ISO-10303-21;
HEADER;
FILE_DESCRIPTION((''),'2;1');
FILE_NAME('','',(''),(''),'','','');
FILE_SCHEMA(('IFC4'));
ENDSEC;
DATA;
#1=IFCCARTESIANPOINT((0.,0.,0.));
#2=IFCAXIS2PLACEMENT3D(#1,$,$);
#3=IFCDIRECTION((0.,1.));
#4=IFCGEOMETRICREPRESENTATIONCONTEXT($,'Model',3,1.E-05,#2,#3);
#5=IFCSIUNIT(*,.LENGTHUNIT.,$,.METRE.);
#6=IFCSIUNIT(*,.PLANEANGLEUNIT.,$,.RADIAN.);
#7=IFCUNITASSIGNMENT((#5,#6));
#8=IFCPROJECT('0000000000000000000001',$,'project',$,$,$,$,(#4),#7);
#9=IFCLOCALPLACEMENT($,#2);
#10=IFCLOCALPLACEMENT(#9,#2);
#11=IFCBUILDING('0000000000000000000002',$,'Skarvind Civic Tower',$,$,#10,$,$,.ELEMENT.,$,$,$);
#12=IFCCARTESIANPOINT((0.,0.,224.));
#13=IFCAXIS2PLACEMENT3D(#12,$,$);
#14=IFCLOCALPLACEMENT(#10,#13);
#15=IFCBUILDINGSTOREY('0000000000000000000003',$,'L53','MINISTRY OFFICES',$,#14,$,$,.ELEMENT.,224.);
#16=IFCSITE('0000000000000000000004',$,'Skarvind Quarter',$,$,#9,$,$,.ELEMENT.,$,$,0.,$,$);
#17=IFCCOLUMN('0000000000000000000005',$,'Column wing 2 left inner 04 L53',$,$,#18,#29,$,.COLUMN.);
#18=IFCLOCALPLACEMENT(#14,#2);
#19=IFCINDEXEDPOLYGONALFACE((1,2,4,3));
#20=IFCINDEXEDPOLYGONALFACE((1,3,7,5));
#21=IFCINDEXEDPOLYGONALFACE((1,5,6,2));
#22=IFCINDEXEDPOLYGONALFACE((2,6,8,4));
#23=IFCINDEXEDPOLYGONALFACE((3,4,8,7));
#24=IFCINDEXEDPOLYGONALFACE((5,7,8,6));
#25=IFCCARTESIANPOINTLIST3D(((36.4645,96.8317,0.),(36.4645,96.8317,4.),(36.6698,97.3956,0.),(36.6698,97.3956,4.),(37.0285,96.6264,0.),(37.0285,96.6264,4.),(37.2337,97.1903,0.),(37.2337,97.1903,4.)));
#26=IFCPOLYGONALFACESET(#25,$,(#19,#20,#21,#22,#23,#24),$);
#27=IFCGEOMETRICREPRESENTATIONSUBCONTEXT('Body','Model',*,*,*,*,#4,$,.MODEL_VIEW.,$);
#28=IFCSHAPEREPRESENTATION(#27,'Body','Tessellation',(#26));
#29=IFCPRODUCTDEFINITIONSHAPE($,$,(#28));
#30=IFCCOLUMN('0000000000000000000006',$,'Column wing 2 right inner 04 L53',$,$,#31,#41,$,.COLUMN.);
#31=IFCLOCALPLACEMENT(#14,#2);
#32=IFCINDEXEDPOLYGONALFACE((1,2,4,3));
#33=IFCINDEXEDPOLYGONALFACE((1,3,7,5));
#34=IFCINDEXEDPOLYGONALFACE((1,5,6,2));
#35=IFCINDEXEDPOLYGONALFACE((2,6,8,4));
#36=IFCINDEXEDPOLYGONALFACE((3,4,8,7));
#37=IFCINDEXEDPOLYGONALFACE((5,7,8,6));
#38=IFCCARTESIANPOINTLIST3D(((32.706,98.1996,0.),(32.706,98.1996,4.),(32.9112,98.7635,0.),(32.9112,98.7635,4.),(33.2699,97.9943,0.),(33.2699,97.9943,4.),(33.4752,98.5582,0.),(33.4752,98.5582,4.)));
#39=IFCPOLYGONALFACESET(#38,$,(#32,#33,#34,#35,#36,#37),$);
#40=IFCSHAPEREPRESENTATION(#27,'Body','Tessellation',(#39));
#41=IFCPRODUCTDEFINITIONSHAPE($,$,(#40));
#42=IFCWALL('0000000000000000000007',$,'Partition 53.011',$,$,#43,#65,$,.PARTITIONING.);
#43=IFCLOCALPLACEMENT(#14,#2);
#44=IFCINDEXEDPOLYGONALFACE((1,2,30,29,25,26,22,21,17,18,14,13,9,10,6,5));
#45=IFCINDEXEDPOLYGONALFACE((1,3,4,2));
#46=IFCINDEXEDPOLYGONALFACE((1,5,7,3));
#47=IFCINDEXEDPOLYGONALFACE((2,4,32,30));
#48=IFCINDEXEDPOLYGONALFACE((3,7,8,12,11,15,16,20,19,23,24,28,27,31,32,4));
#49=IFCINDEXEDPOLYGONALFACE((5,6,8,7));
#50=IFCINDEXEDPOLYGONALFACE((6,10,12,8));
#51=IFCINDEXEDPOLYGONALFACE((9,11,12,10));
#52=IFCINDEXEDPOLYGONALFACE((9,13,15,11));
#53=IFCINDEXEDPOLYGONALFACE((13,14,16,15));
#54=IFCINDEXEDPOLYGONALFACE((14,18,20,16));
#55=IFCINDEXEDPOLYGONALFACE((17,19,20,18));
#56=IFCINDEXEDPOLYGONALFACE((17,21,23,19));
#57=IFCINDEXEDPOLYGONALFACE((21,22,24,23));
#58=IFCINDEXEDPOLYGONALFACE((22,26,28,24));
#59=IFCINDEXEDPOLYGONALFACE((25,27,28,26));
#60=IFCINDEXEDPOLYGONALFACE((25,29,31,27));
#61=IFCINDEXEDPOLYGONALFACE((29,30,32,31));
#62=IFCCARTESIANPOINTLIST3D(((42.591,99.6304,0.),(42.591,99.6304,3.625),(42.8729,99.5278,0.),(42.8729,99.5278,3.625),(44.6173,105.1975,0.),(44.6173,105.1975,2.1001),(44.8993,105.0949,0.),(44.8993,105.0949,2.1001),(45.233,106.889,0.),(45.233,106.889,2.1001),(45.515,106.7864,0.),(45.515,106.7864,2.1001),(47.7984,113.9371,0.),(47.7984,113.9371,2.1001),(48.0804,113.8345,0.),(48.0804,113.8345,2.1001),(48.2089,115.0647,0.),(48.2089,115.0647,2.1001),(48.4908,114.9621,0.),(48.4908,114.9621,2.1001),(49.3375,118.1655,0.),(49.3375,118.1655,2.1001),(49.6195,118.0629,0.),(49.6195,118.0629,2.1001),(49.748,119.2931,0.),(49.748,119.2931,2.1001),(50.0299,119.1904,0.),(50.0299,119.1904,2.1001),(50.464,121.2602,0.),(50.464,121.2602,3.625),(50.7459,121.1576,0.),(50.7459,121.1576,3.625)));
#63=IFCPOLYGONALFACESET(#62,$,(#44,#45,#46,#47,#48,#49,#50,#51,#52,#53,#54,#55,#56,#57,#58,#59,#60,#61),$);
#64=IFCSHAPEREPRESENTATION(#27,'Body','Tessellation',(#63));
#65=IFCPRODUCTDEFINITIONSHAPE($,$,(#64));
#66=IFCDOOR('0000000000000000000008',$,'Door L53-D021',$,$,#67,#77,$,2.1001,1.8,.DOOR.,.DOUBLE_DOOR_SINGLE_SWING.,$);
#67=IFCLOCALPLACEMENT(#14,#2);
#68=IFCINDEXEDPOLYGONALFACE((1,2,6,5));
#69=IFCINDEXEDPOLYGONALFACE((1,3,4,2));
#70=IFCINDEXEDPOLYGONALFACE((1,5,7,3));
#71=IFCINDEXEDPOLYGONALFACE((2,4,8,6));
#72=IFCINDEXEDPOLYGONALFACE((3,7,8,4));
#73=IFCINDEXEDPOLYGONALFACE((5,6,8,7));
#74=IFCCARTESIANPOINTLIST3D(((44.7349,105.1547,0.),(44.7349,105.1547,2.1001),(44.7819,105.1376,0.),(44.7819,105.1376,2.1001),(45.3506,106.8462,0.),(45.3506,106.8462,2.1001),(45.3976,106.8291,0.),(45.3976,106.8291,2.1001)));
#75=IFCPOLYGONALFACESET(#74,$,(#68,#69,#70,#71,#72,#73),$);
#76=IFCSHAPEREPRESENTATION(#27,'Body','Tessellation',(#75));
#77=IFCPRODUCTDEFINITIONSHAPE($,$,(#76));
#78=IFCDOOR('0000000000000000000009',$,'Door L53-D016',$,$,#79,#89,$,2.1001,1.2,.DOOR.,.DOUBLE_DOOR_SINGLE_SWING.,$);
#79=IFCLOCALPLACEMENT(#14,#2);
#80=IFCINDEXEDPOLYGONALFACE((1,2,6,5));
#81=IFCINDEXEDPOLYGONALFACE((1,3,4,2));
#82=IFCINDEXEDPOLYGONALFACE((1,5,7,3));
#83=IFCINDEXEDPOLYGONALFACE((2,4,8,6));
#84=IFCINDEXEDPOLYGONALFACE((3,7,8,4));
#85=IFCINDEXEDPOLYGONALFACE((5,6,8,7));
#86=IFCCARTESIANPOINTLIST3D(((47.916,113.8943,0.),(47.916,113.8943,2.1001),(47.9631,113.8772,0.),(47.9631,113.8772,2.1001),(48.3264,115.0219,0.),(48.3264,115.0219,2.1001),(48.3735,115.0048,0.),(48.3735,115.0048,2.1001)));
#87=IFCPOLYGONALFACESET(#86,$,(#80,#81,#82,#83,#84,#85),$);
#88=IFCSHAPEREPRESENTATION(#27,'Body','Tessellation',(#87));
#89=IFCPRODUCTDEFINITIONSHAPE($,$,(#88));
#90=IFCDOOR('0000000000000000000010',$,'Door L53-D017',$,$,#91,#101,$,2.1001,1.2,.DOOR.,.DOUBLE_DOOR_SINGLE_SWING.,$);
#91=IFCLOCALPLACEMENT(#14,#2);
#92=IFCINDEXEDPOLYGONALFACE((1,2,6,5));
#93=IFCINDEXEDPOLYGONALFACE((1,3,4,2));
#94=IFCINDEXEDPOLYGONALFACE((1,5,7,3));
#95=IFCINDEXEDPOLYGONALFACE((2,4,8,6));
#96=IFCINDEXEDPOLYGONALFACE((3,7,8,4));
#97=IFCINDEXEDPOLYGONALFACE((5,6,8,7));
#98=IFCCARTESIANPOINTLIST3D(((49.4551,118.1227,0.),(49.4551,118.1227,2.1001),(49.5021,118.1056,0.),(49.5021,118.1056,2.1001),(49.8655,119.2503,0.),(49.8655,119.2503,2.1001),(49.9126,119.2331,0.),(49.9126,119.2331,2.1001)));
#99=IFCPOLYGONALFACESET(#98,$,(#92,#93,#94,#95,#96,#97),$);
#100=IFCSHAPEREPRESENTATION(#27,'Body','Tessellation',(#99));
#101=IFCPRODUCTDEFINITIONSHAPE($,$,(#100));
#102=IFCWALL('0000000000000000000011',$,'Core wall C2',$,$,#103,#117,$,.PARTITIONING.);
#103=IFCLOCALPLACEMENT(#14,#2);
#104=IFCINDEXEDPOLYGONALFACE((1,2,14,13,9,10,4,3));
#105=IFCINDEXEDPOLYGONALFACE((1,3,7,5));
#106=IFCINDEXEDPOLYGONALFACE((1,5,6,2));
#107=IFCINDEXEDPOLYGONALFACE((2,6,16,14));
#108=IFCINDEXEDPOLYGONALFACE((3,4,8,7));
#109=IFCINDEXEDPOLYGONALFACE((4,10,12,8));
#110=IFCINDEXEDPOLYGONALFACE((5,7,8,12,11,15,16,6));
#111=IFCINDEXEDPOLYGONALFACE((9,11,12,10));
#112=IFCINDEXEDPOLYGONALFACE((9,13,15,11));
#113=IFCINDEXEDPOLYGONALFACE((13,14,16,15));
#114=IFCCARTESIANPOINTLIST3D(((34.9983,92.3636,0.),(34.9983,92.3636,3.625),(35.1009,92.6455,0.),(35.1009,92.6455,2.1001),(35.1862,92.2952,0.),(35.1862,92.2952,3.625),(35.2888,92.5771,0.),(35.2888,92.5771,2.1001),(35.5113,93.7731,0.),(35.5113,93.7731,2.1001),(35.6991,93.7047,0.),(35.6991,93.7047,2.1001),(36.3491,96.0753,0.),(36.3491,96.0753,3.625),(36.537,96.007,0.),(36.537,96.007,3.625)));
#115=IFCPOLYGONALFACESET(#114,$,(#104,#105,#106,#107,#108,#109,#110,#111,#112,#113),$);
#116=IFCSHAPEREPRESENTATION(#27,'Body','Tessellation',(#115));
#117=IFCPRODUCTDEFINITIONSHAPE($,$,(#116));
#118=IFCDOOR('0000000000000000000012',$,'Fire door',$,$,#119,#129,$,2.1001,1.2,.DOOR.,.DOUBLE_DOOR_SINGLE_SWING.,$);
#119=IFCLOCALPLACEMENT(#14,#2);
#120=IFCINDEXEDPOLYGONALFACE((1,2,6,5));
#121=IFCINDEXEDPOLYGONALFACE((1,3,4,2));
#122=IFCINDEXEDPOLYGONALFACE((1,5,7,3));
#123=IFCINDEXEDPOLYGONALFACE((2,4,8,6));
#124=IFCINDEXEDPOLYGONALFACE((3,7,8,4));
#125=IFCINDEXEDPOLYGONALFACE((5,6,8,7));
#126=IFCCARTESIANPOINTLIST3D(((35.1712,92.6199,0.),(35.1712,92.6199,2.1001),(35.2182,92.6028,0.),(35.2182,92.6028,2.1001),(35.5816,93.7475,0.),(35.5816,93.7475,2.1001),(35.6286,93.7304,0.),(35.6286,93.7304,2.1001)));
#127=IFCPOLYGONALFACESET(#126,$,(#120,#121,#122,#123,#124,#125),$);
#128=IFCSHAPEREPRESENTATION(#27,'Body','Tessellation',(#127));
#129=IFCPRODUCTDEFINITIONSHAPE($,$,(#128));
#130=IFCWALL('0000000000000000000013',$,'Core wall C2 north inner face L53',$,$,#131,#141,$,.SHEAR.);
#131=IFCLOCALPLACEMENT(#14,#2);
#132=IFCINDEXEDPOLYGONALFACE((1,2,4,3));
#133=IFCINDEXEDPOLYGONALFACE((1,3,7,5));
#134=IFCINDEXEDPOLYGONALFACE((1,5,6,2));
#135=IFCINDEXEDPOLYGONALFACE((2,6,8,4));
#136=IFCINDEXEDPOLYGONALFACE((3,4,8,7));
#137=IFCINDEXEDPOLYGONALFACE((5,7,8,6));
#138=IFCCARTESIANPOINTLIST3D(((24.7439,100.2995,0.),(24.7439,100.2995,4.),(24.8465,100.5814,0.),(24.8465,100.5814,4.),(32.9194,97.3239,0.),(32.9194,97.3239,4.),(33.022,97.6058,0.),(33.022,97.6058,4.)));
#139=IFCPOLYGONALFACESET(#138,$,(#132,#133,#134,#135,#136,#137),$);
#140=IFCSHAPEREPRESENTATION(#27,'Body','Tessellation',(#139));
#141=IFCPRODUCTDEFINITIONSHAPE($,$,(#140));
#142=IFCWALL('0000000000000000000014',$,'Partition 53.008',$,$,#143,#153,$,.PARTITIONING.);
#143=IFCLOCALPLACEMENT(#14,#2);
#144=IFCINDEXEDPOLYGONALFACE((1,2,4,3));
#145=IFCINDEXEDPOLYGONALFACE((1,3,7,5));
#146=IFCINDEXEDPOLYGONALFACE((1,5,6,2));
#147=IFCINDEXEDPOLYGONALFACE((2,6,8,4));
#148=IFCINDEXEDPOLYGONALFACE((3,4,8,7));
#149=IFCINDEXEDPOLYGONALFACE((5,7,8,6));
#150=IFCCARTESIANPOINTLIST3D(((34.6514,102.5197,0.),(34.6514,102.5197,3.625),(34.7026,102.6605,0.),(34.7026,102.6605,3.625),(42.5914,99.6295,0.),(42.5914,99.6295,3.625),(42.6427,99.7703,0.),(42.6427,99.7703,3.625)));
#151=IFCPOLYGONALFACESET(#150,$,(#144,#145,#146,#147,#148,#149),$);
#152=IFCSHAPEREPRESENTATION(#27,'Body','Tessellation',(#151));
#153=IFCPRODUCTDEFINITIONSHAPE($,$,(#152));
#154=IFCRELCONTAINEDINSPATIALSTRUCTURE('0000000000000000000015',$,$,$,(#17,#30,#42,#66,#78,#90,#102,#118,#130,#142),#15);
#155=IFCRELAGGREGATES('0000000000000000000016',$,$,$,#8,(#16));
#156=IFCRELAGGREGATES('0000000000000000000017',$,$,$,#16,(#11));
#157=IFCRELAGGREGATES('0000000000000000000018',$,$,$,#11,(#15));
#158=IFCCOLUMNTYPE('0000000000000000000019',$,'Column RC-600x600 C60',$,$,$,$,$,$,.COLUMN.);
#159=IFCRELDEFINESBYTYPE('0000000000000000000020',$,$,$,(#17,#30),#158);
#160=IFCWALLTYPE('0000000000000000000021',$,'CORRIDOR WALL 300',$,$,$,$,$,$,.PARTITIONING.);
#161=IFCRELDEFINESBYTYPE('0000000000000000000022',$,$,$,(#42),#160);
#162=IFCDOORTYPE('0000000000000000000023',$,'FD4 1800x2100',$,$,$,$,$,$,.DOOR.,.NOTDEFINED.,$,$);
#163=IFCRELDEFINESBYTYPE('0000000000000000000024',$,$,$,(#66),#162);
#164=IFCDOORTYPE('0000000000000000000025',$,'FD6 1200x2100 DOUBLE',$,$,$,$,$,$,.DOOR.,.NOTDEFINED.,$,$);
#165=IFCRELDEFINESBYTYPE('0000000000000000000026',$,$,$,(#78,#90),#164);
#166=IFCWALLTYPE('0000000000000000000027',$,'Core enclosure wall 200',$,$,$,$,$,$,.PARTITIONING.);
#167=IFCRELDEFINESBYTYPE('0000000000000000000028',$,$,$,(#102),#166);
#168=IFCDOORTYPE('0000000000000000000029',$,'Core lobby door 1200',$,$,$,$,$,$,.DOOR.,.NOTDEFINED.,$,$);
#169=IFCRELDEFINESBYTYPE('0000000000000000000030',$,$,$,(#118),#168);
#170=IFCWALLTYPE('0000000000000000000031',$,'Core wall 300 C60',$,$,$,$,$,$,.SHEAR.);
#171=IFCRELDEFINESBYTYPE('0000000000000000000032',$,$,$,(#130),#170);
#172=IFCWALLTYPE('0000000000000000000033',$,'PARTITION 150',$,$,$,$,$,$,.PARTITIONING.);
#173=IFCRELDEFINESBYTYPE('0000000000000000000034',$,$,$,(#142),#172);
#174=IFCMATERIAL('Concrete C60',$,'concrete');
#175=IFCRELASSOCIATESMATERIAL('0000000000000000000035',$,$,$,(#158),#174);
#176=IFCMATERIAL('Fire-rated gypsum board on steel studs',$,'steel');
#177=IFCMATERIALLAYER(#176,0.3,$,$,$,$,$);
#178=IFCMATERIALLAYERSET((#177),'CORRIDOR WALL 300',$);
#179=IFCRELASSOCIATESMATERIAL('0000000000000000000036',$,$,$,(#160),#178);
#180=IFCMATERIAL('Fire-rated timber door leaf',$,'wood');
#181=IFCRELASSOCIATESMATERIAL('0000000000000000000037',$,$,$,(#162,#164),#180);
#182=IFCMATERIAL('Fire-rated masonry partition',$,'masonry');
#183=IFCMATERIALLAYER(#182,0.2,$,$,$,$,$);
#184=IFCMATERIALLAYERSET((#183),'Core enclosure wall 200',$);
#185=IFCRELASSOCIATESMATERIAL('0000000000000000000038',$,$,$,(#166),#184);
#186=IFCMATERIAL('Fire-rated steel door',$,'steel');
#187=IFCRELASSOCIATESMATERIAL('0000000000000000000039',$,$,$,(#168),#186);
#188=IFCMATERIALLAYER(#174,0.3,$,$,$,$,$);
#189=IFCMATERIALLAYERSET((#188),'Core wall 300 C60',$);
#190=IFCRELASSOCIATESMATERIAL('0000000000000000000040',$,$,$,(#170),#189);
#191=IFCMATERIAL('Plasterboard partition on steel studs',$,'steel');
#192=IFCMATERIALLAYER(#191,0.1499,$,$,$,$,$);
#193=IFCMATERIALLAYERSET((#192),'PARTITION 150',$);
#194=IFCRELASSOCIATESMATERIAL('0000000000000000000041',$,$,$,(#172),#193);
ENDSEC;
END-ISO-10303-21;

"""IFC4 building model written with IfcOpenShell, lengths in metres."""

from ifc_helpers import new_model, si_unit, direction, frame, frame_2d, origin, origin_2d, place, context, subcontext, project, spatial, rectangle, extrude, material, layer, layer_set, material_profile, profile_set, type_object, element, fill, save


model = new_model("IFC4")

# Units and contexts
model_context = context("Model", 3, precision=1e-05, world=origin(), true_north=direction((0.0, 1.0)))
body_context = subcontext(model_context, "Body", "Model", "MODEL_VIEW")
ifc_project = project(units=[si_unit("LENGTHUNIT", "METRE"), si_unit("PLANEANGLEUNIT", "RADIAN")], contexts=[model_context])

# Site, building, storey
site_placement = place(None, origin())
site = spatial("IfcSite", under=ifc_project, at=site_placement, Name="Skarvind Quarter", CompositionType="ELEMENT", RefElevation=0.0)
building_placement = place(site_placement, origin())
building = spatial("IfcBuilding", under=site, at=building_placement, Name="Skarvind Civic Tower", CompositionType="ELEMENT")
storey_placement = place(building_placement, frame((0.0, 0.0, 224.0)))
storey = spatial("IfcBuildingStorey", under=building, at=storey_placement, Name="L53", Description="MINISTRY OFFICES", CompositionType="ELEMENT", Elevation=224.0)

# Columns
ifc_material_1 = material(Name="Concrete C60", Category="concrete")
ifc_material_profile = material_profile(ifc_material_1, rectangle(XDim=0.6001, YDim=0.6001, at=origin_2d()), Name="RC-600x600")
ifc_profile_set = profile_set([ifc_material_profile], Name="Concrete C60")
column_type = type_object("IfcColumnType", Name="Column RC-600x600 C60", PredefinedType="COLUMN", material=ifc_profile_set)
for number, where, z_axis, x_axis, name in (
    (1, (36.8491, 97.011, 0.0), (0.0, 0.0, 1.0), (-0.34202, -0.939693, 0.0), "Column wing 2 left inner 04 L53"),
    (2, (33.0906, 98.3789, 0.0), (0.0, 0.0, 1.0), (-0.34202, -0.939693, 0.0), "Column wing 2 right inner 04 L53"),
):
    element("IfcColumn", number, at=place(storey_placement, frame(where, z_axis=z_axis, x_axis=x_axis)), inside=storey, type_object=column_type, Name=name, PredefinedType="COLUMN", context=body_context, shape_type="SweptSolid", body=[
        extrude(rectangle(XDim=0.6001, YDim=0.6001, at=origin_2d()), origin(), (0.0, 0.0, 1.0), 4.0),
    ])

# Wall, openings, doors
ifc_material_2 = material(Name="Fire-rated gypsum board on steel studs", Category="steel")
ifc_layer_1 = layer(ifc_material_2, 0.3)
ifc_layer_set_1 = layer_set([ifc_layer_1], Name="CORRIDOR WALL 300")
wall_type_1 = type_object("IfcWallType", Name="CORRIDOR WALL 300", PredefinedType="PARTITIONING", material=ifc_layer_set_1)
wall_1_placement = place(storey_placement, frame((42.7319, 99.5791, 0.0), z_axis=(0.0, 0.0, 1.0), x_axis=(0.342036, 0.939687, 0.0)))
wall_1 = element("IfcWall", 3, at=wall_1_placement, inside=storey, type_object=wall_type_1, Name="Partition 53.011", PredefinedType="PARTITIONING", context=body_context, shape_type="SweptSolid", body=[
    extrude(rectangle(XDim=23.0181, YDim=0.3, at=frame_2d((11.509, 0.0))), origin(), (0.0, 0.0, 1.0), 3.625),
])
opening_1_placement = place(wall_1_placement, frame((15.2249, 0.0, 0.0)))
opening_1 = element("IfcOpeningElement", 4, at=opening_1_placement, cuts=wall_1, PredefinedType="OPENING", context=body_context, shape_type="SweptSolid", body=[
    extrude(rectangle(XDim=1.2, YDim=2.1001, at=frame_2d((0.6001, 1.05))), frame((0.0, 0.1599, 0.0), z_axis=(0.0, -1.0, 0.0), x_axis=(1.0, 0.0, 0.0)), (0.0, 0.0, 1.0), 0.3201),
])
opening_2_placement = place(wall_1_placement, frame((19.7246, 0.0, 0.0)))
opening_2 = element("IfcOpeningElement", 5, at=opening_2_placement, cuts=wall_1, PredefinedType="OPENING", context=body_context, shape_type="SweptSolid", body=[
    extrude(rectangle(XDim=1.2, YDim=2.1001, at=frame_2d((0.6001, 1.05))), frame((0.0, 0.1599, 0.0), z_axis=(0.0, -1.0, 0.0), x_axis=(1.0, 0.0, 0.0)), (0.0, 0.0, 1.0), 0.3201),
])
opening_3_placement = place(wall_1_placement, frame((5.9246, 0.0, 0.0)))
opening_3 = element("IfcOpeningElement", 6, at=opening_3_placement, cuts=wall_1, PredefinedType="OPENING", context=body_context, shape_type="SweptSolid", body=[
    extrude(rectangle(XDim=1.8, YDim=2.1001, at=frame_2d((0.8999, 1.05))), frame((0.0, 0.1599, 0.0), z_axis=(0.0, -1.0, 0.0), x_axis=(1.0, 0.0, 0.0)), (0.0, 0.0, 1.0), 0.3201),
])
ifc_material_3 = material(Name="Fire-rated timber door leaf", Category="wood")
door_type_1 = type_object("IfcDoorType", Name="FD4 1800x2100", OperationType="NOTDEFINED", PredefinedType="DOOR", material=ifc_material_3)
door_1_placement = place(opening_3_placement, origin())
door_1 = element("IfcDoor", 7, at=door_1_placement, inside=storey, type_object=door_type_1, Name="Door L53-D021", OperationType="DOUBLE_DOOR_SINGLE_SWING", OverallHeight=2.1001, OverallWidth=1.8, PredefinedType="DOOR", context=body_context, shape_type="SweptSolid", body=[
    extrude(rectangle(XDim=1.8, YDim=2.1001, at=frame_2d((0.8999, 1.05))), frame((0.0, 0.0249, 0.0), z_axis=(0.0, -1.0, 0.0), x_axis=(1.0, 0.0, 0.0)), (0.0, 0.0, 1.0), 0.05),
])
fill(opening_3, door_1)
door_type_2 = type_object("IfcDoorType", Name="FD6 1200x2100 DOUBLE", OperationType="NOTDEFINED", PredefinedType="DOOR", material=ifc_material_3)
door_2_placement = place(opening_1_placement, origin())
door_2 = element("IfcDoor", 8, at=door_2_placement, inside=storey, type_object=door_type_2, Name="Door L53-D016", OperationType="DOUBLE_DOOR_SINGLE_SWING", OverallHeight=2.1001, OverallWidth=1.2, PredefinedType="DOOR", context=body_context, shape_type="SweptSolid", body=[
    extrude(rectangle(XDim=1.2, YDim=2.1001, at=frame_2d((0.6001, 1.05))), frame((0.0, 0.0249, 0.0), z_axis=(0.0, -1.0, 0.0), x_axis=(1.0, 0.0, 0.0)), (0.0, 0.0, 1.0), 0.05),
])
fill(opening_1, door_2)
door_3_placement = place(opening_2_placement, origin())
door_3 = element("IfcDoor", 9, at=door_3_placement, inside=storey, type_object=door_type_2, Name="Door L53-D017", OperationType="DOUBLE_DOOR_SINGLE_SWING", OverallHeight=2.1001, OverallWidth=1.2, PredefinedType="DOOR", context=body_context, shape_type="SweptSolid", body=[
    extrude(rectangle(XDim=1.2, YDim=2.1001, at=frame_2d((0.6001, 1.05))), frame((0.0, 0.0249, 0.0), z_axis=(0.0, -1.0, 0.0), x_axis=(1.0, 0.0, 0.0)), (0.0, 0.0, 1.0), 0.05),
])
fill(opening_2, door_3)

# Wall, opening, door
ifc_material_4 = material(Name="Fire-rated masonry partition", Category="masonry")
ifc_layer_2 = layer(ifc_material_4, 0.2)
ifc_layer_set_2 = layer_set([ifc_layer_2], Name="Core enclosure wall 200")
wall_type_2 = type_object("IfcWallType", Name="Core enclosure wall 200", PredefinedType="PARTITIONING", material=ifc_layer_set_2)
wall_2_placement = place(storey_placement, frame((36.4431, 96.0413, 0.0), z_axis=(0.0, 0.0, 1.0), x_axis=(-0.341996, -0.939701, 0.0)))
wall_2 = element("IfcWall", 10, at=wall_2_placement, inside=storey, type_object=wall_type_2, Name="Core wall C2", PredefinedType="PARTITIONING", context=body_context, shape_type="SweptSolid", body=[
    extrude(rectangle(XDim=3.95, YDim=0.2, at=frame_2d((1.9751, 0.0))), origin(), (0.0, 0.0, 1.0), 3.625),
])
opening_4_placement = place(wall_2_placement, frame((2.45, 0.0, 0.0)))
opening_4 = element("IfcOpeningElement", 11, at=opening_4_placement, cuts=wall_2, PredefinedType="OPENING", context=body_context, shape_type="SweptSolid", body=[
    extrude(rectangle(XDim=1.2, YDim=2.1001, at=frame_2d((0.6001, 1.05))), frame((0.0, 0.1099, 0.0), z_axis=(0.0, -1.0, 0.0), x_axis=(1.0, 0.0, 0.0)), (0.0, 0.0, 1.0), 0.22),
])
ifc_material_5 = material(Name="Fire-rated steel door", Category="steel")
door_type_3 = type_object("IfcDoorType", Name="Core lobby door 1200", OperationType="NOTDEFINED", PredefinedType="DOOR", material=ifc_material_5)
door_4_placement = place(opening_4_placement, origin())
door_4 = element("IfcDoor", 12, at=door_4_placement, inside=storey, type_object=door_type_3, Name="Fire door", OperationType="DOUBLE_DOOR_SINGLE_SWING", OverallHeight=2.1001, OverallWidth=1.2, PredefinedType="DOOR", context=body_context, shape_type="SweptSolid", body=[
    extrude(rectangle(XDim=1.2, YDim=2.1001, at=frame_2d((0.6001, 1.05))), frame((0.0, 0.0249, 0.0), z_axis=(0.0, -1.0, 0.0), x_axis=(1.0, 0.0, 0.0)), (0.0, 0.0, 1.0), 0.05),
])
fill(opening_4, door_4)

# Walls
ifc_layer_3 = layer(ifc_material_1, 0.3)
ifc_layer_set_3 = layer_set([ifc_layer_3], Name="Core wall 300 C60")
wall_type_3 = type_object("IfcWallType", Name="Core wall 300 C60", PredefinedType="SHEAR", material=ifc_layer_set_3)
wall_3_placement = place(storey_placement, frame((32.9707, 97.4648, 0.0), z_axis=(0.0, 0.0, 1.0), x_axis=(-0.939695, 0.342013, 0.0)))
element("IfcWall", 13, at=wall_3_placement, inside=storey, type_object=wall_type_3, Name="Core wall C2 north inner face L53", PredefinedType="SHEAR", context=body_context, shape_type="SweptSolid", body=[
    extrude(rectangle(XDim=8.7002, YDim=0.3, at=frame_2d((4.3501, 0.0))), origin(), (0.0, 0.0, 1.0), 4.0),
])
ifc_material_6 = material(Name="Plasterboard partition on steel studs", Category="steel")
ifc_layer_4 = layer(ifc_material_6, 0.1499)
ifc_layer_set_4 = layer_set([ifc_layer_4], Name="PARTITION 150")
wall_type_4 = type_object("IfcWallType", Name="PARTITION 150", PredefinedType="PARTITIONING", material=ifc_layer_set_4)
wall_4_placement = place(storey_placement, frame((34.677, 102.5901, 0.0), z_axis=(0.0, 0.0, 1.0), x_axis=(0.939684, -0.342045, 0.0)))
element("IfcWall", 14, at=wall_4_placement, inside=storey, type_object=wall_type_4, Name="Partition 53.008", PredefinedType="PARTITIONING", context=body_context, shape_type="SweptSolid", body=[
    extrude(rectangle(XDim=8.4497, YDim=0.1499, at=frame_2d((4.2249, 0.0))), origin(), (0.0, 0.0, 1.0), 3.625),
])

save(model, "model.ifc")
